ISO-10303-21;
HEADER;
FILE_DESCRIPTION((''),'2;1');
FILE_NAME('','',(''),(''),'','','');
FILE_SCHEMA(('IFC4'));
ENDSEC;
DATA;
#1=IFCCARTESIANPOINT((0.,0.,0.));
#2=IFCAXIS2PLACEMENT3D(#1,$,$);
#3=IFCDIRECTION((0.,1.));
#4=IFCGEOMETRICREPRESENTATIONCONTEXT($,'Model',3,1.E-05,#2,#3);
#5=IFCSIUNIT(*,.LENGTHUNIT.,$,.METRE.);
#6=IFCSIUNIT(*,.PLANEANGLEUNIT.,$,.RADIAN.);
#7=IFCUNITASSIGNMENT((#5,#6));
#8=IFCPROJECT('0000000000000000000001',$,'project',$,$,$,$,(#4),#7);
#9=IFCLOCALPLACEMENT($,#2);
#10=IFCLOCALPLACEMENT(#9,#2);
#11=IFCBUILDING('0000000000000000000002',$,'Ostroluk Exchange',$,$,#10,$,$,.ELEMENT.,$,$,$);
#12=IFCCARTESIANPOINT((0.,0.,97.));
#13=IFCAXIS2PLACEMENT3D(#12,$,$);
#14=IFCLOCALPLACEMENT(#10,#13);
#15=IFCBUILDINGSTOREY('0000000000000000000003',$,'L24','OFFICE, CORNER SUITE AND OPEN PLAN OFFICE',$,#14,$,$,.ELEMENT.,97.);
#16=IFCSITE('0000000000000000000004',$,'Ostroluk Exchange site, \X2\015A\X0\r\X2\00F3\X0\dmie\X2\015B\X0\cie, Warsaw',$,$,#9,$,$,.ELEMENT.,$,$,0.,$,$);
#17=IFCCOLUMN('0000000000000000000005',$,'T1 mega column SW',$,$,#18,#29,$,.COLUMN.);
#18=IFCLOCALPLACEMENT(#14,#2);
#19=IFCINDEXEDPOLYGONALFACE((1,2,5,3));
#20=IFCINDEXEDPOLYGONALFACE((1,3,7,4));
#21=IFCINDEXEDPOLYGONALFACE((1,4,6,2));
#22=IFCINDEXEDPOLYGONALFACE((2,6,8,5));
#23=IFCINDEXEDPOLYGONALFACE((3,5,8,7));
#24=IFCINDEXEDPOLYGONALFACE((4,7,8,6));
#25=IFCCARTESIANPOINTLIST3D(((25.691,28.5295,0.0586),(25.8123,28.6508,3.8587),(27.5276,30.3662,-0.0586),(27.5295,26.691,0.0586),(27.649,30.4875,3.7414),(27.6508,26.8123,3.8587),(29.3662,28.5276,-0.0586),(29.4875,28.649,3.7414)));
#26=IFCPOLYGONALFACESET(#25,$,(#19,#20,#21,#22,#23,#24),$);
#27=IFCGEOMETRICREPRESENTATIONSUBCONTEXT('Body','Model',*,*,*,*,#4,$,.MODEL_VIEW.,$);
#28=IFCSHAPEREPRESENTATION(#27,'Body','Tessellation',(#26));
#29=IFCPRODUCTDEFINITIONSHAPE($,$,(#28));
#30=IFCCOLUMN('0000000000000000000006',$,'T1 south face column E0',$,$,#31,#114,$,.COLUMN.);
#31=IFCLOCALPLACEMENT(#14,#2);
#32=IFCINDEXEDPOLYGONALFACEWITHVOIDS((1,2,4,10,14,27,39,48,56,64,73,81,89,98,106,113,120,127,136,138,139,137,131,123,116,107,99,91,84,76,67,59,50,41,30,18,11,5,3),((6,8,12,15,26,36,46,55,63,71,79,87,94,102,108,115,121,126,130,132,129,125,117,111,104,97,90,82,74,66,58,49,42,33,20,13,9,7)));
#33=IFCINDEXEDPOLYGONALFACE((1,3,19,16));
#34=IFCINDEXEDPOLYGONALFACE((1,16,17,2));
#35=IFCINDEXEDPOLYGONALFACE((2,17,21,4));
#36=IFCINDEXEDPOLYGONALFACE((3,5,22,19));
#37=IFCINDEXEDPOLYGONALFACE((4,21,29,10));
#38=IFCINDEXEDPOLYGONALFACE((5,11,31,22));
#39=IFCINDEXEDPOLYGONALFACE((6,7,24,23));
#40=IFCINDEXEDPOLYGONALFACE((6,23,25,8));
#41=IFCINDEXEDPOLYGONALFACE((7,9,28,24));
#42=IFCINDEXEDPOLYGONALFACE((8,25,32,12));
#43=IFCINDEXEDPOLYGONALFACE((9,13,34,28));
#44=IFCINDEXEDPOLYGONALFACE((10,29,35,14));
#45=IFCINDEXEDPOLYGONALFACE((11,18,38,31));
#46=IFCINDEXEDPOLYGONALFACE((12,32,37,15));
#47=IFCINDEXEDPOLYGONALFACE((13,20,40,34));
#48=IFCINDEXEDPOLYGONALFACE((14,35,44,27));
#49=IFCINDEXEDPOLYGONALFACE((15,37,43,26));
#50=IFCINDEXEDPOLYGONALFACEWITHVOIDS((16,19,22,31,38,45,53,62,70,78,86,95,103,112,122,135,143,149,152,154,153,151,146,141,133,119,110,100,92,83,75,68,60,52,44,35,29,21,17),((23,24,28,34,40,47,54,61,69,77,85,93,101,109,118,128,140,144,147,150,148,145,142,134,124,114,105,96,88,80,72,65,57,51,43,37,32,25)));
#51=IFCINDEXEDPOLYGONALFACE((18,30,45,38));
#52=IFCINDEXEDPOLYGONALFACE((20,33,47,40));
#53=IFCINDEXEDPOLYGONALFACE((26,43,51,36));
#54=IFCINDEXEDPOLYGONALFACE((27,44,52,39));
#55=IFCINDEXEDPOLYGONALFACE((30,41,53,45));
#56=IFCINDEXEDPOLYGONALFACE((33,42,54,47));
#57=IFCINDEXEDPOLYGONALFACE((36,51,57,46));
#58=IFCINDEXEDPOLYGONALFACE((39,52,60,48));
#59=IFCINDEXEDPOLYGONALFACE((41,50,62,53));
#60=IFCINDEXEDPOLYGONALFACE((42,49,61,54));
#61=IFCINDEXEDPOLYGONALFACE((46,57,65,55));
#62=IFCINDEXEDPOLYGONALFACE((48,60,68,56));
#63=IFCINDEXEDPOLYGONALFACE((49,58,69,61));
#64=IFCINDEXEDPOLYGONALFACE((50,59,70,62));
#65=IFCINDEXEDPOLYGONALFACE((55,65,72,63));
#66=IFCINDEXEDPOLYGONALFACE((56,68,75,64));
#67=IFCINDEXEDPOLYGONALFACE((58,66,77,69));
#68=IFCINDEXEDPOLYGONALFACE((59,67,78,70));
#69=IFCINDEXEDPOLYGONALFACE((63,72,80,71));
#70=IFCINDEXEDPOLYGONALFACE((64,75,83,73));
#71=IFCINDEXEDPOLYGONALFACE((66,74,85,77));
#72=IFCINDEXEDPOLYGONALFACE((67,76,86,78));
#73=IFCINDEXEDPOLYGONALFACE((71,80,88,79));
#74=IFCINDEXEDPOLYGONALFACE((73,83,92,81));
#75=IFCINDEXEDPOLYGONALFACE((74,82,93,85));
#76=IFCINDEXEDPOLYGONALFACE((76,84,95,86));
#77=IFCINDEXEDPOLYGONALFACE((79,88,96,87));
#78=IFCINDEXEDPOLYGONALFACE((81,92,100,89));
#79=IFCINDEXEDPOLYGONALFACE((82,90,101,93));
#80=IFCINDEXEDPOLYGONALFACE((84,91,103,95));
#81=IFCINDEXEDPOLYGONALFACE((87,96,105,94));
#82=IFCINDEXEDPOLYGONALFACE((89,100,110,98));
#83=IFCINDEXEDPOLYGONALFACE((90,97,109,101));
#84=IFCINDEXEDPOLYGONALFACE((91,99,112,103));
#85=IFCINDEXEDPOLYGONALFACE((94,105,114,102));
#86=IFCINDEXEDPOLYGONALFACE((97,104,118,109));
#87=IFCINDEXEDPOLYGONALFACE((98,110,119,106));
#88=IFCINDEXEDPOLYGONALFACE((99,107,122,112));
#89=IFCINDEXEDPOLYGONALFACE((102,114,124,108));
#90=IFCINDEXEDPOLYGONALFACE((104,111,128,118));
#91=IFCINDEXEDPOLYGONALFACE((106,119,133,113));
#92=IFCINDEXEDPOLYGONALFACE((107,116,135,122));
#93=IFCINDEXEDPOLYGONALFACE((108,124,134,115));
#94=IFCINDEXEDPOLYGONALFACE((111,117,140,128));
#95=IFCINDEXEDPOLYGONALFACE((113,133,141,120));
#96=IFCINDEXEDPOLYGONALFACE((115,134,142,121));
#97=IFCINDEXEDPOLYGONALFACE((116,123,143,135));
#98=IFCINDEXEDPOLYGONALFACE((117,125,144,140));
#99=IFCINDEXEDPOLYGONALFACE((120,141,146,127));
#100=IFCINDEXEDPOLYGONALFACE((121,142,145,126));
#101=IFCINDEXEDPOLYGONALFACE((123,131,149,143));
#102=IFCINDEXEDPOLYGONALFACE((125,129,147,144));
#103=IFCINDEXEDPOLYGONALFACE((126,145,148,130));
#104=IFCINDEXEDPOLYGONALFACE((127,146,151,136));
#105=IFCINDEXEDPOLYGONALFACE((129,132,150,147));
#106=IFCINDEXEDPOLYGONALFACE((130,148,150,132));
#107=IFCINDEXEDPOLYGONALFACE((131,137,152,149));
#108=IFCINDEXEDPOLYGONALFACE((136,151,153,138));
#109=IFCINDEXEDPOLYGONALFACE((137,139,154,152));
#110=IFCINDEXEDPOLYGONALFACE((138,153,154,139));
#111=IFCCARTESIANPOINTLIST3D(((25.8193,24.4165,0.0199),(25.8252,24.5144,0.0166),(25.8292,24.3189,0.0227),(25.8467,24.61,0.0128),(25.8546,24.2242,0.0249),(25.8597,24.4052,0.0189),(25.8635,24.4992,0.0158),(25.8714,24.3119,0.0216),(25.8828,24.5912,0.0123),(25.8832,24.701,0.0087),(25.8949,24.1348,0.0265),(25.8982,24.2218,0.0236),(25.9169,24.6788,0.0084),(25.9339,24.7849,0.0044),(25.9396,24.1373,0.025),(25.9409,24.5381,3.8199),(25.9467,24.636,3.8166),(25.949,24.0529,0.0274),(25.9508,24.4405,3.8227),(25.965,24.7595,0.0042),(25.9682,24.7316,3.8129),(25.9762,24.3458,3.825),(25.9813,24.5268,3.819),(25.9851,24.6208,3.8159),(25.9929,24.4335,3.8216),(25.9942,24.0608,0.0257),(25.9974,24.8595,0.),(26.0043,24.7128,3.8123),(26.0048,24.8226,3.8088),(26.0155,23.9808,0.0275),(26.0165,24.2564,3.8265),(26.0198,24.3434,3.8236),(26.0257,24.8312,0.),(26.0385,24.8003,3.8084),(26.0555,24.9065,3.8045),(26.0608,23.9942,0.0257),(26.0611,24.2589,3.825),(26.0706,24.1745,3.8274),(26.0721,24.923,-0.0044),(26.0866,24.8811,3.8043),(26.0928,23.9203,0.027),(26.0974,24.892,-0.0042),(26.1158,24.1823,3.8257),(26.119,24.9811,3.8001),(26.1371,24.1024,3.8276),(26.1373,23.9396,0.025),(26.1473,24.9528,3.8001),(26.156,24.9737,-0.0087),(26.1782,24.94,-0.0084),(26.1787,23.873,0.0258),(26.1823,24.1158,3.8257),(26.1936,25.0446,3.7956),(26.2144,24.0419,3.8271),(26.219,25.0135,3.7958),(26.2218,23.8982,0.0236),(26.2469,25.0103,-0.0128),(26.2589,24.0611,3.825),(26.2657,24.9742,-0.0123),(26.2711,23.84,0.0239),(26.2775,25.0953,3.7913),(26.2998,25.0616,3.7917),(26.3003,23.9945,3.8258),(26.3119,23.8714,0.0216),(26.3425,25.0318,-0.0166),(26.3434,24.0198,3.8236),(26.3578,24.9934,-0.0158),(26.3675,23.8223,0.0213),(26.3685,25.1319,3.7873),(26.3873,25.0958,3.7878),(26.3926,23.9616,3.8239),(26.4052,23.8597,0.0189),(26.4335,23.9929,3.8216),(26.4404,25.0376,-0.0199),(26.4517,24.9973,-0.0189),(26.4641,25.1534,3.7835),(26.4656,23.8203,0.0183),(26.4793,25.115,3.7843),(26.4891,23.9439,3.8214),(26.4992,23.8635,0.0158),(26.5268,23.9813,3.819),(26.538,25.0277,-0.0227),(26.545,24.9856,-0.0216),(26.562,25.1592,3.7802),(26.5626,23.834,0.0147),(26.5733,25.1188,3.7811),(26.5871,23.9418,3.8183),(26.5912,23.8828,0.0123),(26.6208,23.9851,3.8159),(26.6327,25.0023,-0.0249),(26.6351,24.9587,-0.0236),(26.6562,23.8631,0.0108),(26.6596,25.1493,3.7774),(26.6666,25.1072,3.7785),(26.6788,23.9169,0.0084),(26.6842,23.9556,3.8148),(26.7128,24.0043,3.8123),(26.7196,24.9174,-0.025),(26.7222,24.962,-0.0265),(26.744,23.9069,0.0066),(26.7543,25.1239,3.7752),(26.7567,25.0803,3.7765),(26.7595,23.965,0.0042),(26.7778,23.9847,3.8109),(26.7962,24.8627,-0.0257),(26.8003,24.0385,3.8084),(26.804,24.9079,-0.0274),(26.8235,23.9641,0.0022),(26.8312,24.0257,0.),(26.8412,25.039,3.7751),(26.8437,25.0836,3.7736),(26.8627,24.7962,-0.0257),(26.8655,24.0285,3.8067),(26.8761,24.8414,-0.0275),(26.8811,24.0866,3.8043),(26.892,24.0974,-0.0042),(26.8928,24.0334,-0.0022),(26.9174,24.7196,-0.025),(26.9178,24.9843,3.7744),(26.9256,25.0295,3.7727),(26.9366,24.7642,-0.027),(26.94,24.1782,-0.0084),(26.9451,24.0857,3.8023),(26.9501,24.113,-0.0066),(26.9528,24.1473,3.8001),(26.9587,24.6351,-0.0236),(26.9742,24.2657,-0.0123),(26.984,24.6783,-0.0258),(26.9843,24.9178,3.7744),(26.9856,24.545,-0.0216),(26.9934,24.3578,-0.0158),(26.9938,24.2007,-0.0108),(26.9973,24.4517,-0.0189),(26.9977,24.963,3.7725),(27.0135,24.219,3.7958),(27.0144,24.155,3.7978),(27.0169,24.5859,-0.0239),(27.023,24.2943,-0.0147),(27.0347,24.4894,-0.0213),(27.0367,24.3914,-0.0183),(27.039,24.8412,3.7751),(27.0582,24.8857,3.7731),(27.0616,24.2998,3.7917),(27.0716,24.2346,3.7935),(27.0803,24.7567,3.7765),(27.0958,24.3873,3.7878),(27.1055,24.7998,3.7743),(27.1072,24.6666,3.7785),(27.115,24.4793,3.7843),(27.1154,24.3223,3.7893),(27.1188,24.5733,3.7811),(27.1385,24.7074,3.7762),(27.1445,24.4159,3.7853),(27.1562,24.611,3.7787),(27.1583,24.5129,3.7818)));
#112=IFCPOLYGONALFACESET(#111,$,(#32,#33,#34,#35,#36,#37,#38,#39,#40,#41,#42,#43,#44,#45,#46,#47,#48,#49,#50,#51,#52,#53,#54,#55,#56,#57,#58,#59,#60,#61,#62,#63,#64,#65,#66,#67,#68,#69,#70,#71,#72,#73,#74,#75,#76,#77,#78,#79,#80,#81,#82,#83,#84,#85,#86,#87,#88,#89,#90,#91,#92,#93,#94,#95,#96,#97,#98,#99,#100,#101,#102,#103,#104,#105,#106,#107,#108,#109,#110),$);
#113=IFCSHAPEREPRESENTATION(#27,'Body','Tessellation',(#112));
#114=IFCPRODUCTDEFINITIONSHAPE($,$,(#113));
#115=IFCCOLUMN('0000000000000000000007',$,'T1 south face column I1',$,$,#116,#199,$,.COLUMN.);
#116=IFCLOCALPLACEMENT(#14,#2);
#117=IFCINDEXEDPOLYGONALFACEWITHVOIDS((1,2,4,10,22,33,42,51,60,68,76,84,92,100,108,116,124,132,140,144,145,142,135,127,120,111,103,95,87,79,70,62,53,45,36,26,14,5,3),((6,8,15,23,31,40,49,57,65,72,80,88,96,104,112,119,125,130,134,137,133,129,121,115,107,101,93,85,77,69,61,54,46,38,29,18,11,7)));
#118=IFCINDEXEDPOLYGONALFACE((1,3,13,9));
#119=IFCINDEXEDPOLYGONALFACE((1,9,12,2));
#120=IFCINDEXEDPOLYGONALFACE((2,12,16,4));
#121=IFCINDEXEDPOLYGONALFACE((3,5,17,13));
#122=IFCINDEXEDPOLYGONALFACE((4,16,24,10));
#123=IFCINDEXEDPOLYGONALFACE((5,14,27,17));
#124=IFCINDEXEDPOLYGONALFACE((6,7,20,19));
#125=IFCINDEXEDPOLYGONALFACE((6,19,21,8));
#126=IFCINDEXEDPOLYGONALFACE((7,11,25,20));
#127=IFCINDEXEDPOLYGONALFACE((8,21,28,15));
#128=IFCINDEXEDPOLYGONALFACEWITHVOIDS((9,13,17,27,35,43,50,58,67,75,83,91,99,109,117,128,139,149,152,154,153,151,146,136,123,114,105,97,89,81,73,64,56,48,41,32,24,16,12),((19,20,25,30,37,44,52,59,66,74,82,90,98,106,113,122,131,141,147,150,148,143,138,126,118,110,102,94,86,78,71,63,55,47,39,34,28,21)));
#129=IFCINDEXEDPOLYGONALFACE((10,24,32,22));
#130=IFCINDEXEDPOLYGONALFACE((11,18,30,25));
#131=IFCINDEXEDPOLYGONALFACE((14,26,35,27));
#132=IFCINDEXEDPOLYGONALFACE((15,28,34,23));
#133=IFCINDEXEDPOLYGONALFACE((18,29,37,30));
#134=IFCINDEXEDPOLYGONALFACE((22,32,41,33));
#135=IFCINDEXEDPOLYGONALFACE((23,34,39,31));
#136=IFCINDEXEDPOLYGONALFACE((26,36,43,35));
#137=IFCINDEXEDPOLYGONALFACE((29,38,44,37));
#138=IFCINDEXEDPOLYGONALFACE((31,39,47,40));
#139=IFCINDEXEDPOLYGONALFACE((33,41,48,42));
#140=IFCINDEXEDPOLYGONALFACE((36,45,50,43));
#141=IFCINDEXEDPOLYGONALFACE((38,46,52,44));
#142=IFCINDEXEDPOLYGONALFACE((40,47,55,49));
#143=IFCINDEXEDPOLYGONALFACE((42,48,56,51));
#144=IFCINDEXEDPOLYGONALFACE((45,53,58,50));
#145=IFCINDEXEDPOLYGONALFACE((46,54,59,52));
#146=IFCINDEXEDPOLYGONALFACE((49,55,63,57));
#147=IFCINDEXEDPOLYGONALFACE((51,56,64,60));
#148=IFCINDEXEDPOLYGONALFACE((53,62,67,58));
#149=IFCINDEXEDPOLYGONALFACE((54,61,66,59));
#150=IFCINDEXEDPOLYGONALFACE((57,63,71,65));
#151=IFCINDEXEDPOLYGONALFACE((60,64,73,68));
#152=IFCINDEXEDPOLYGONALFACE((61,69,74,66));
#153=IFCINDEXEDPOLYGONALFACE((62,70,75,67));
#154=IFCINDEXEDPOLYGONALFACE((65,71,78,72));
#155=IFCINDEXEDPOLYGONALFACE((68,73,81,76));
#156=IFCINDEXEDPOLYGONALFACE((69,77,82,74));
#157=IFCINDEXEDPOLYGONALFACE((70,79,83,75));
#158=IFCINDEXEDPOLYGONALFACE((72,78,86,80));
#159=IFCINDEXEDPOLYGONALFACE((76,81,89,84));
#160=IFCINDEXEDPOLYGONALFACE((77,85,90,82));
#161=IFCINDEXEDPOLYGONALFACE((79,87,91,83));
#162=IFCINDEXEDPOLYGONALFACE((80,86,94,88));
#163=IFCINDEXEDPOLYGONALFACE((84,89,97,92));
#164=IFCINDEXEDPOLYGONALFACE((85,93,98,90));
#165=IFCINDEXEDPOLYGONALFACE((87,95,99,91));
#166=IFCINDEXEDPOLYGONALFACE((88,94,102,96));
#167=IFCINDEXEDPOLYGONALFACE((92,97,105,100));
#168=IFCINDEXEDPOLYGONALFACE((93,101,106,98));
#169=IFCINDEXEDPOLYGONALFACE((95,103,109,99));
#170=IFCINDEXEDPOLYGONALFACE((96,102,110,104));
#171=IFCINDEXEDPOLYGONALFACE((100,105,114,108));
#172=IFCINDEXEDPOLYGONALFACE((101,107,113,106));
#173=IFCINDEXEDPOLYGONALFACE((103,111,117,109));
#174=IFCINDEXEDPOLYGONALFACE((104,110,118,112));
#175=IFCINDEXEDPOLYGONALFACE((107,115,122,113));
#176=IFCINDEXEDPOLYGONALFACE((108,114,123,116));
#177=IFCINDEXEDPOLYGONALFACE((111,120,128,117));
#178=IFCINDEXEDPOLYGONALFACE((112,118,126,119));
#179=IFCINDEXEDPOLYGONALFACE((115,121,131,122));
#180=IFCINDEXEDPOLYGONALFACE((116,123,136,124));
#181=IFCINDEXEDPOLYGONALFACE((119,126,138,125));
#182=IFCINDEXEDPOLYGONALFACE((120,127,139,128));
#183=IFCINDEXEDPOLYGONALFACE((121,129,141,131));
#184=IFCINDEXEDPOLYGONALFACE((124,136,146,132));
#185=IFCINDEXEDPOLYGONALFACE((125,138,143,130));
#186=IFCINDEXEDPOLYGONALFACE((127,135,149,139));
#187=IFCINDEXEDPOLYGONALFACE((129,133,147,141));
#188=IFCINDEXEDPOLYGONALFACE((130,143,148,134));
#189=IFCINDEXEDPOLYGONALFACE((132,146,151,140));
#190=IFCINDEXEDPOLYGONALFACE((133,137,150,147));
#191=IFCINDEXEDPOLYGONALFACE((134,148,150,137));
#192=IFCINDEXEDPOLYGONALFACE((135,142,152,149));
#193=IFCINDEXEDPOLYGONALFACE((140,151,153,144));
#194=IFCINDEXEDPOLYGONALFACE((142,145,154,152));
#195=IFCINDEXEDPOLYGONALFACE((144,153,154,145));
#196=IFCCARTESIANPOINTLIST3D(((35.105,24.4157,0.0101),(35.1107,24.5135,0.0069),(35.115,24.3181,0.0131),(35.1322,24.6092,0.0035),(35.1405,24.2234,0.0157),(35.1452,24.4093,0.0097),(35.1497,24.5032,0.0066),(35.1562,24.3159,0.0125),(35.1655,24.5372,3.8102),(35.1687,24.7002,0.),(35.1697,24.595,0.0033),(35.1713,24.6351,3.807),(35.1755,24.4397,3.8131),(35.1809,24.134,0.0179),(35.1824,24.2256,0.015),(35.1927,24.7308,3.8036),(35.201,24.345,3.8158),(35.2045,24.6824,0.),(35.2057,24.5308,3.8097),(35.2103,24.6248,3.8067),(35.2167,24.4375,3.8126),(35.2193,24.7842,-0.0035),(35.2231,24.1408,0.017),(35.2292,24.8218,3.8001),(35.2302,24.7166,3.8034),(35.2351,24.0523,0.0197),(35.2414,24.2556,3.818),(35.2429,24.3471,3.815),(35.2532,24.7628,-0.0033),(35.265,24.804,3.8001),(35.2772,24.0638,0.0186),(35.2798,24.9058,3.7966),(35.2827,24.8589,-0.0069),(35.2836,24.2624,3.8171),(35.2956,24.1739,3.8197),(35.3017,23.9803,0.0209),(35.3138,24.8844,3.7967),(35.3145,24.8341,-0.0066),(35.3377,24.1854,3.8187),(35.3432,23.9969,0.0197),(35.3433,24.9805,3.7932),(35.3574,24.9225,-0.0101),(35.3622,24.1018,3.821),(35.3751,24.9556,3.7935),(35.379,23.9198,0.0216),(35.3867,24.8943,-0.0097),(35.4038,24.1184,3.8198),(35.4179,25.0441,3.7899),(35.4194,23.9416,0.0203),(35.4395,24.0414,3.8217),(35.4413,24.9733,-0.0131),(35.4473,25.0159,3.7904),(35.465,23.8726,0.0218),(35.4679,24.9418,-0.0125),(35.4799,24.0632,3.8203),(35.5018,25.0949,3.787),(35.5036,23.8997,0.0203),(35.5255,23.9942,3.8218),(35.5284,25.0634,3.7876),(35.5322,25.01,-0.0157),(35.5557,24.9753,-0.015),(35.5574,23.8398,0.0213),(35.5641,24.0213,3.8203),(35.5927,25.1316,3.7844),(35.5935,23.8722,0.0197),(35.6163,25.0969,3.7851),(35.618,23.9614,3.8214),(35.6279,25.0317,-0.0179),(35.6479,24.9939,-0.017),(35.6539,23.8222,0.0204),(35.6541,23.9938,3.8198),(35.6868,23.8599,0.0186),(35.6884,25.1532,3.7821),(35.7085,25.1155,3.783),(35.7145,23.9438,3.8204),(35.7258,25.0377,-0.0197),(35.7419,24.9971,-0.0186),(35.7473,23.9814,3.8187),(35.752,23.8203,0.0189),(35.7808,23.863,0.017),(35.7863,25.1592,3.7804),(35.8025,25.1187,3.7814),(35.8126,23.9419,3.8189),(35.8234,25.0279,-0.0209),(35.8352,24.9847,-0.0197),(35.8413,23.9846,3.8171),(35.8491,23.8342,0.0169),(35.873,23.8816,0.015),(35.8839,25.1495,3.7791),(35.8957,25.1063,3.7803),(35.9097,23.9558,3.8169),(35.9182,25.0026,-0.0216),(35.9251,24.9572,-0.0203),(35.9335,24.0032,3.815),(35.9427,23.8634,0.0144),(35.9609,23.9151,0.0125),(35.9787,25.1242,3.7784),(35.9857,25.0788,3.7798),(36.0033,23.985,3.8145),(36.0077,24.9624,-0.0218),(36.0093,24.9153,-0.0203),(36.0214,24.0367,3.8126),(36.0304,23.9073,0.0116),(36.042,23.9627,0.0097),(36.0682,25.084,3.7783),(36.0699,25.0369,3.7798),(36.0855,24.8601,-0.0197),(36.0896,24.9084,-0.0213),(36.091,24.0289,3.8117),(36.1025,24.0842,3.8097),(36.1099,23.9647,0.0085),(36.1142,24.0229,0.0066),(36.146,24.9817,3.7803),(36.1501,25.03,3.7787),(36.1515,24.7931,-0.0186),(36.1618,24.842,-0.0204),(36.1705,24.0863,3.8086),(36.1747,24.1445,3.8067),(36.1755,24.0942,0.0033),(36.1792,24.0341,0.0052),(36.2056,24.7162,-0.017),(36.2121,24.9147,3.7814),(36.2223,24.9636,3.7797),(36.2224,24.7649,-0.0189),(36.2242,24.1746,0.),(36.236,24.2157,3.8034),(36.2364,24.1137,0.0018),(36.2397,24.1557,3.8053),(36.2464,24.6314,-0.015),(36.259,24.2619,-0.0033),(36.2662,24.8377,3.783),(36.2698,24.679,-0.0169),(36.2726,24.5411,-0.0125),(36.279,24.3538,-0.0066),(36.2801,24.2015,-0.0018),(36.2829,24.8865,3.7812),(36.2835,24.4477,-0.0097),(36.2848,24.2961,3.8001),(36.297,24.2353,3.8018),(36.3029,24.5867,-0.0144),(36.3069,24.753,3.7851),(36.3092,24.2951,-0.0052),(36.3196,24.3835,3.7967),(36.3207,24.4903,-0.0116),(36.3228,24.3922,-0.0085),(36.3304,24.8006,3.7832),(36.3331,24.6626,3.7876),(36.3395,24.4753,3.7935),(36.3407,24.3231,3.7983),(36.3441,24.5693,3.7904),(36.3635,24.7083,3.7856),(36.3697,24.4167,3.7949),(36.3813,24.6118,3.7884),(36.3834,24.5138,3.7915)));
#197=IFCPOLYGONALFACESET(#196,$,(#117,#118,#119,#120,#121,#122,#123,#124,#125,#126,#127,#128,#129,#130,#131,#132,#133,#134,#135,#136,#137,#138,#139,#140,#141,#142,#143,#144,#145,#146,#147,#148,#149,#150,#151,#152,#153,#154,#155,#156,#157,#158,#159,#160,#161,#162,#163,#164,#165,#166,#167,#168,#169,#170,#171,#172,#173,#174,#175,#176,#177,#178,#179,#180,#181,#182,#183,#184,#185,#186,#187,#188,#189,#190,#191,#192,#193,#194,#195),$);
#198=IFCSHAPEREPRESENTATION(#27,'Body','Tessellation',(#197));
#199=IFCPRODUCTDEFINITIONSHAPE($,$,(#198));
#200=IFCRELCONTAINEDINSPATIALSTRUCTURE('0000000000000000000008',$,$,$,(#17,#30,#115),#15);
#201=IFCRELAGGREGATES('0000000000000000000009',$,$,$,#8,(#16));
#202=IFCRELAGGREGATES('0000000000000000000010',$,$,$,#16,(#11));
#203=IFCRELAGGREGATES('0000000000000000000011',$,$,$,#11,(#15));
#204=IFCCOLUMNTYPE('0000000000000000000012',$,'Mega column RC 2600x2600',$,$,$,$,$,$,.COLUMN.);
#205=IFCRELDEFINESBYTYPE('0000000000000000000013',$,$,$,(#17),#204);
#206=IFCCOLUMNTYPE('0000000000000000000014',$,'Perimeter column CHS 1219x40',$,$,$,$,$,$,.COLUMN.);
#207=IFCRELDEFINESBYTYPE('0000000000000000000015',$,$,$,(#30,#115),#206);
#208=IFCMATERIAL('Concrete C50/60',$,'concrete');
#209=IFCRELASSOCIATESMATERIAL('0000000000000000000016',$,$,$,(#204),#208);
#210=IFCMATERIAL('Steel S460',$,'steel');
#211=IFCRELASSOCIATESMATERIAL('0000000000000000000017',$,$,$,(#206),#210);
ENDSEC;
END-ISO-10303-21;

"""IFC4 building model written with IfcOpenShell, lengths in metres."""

from ifc_helpers import new_model, si_unit, direction, frame, origin, origin_2d, place, context, subcontext, project, spatial, rectangle, hollow_circle, extrude, material, material_profile, profile_set, type_object, element, save


model = new_model("IFC4")

# Units and contexts
model_context = context("Model", 3, precision=1e-05, world=origin(), true_north=direction((0.0, 1.0)))
body_context = subcontext(model_context, "Body", "Model", "MODEL_VIEW")
ifc_project = project(units=[si_unit("LENGTHUNIT", "METRE"), si_unit("PLANEANGLEUNIT", "RADIAN")], contexts=[model_context])

# Site, building, storey
site_placement = place(None, origin())
site = spatial("IfcSite", under=ifc_project, at=site_placement, Name="Ostroluk Exchange site, Śródmieście, Warsaw", CompositionType="ELEMENT", RefElevation=0.0)
building_placement = place(site_placement, origin())
building = spatial("IfcBuilding", under=site, at=building_placement, Name="Ostroluk Exchange", CompositionType="ELEMENT")
storey_placement = place(building_placement, frame((0.0, 0.0, 97.0)))
storey = spatial("IfcBuildingStorey", under=building, at=storey_placement, Name="L24", Description="OFFICE, CORNER SUITE AND OPEN PLAN OFFICE", CompositionType="ELEMENT", Elevation=97.0)

# Columns
ifc_material_1 = material(Name="Concrete C50/60", Category="concrete")
ifc_material_profile_1 = material_profile(ifc_material_1, rectangle(XDim=2.6001, YDim=2.6001, at=origin_2d()), Name="RC 2600x2600")
ifc_profile_set_1 = profile_set([ifc_material_profile_1], Name="Concrete C50/60")
column_type_1 = type_object("IfcColumnType", Name="Mega column RC 2600x2600", PredefinedType="COLUMN", material=ifc_profile_set_1)
column_1_placement = place(storey_placement, frame((27.5286, 28.5286, 0.0), z_axis=(0.031898, 0.031898, 0.998982), x_axis=(-0.707107, 0.707107, 0.0)))
element("IfcColumn", 1, at=column_1_placement, inside=storey, type_object=column_type_1, Name="T1 mega column SW", PredefinedType="COLUMN", context=body_context, shape_type="SweptSolid", body=[
    extrude(rectangle(XDim=2.6001, YDim=2.6001, at=origin_2d()), origin(), (0.0, 0.0, 1.0), 3.804),
])
ifc_material_2 = material(Name="Steel S460", Category="steel")
ifc_material_profile_2 = material_profile(ifc_material_2, hollow_circle(Radius=0.6096, WallThickness=0.04, at=origin_2d()), Name="CHS 1219x40")
ifc_profile_set_2 = profile_set([ifc_material_profile_2], Name="Steel S460")
column_type_2 = type_object("IfcColumnType", Name="Perimeter column CHS 1219x40", PredefinedType="COLUMN", material=ifc_profile_set_2)
column_2_placement = place(storey_placement, frame((26.4285, 24.4285, 0.0), z_axis=(0.031962, 0.031962, 0.998978), x_axis=(-0.707107, 0.707107, 0.0)))
element("IfcColumn", 2, at=column_2_placement, inside=storey, type_object=column_type_2, Name="T1 south face column E0", PredefinedType="COLUMN", context=body_context, shape_type="SweptSolid", body=[
    extrude(hollow_circle(Radius=0.6096, WallThickness=0.04, at=origin_2d()), origin(), (0.0, 0.0, 1.0), 3.804),
])
column_3_placement = place(storey_placement, frame((35.7144, 24.4285, 0.0), z_axis=(0.015923, 0.031974, 0.999362), x_axis=(-0.895145, 0.445775, 0.0)))
element("IfcColumn", 3, at=column_3_placement, inside=storey, type_object=column_type_2, Name="T1 south face column I1", PredefinedType="COLUMN", context=body_context, shape_type="SweptSolid", body=[
    extrude(hollow_circle(Radius=0.6096, WallThickness=0.04, at=origin_2d()), origin(), (0.0, 0.0, 1.0), 3.8025),
])

save(model, "model.ifc")
